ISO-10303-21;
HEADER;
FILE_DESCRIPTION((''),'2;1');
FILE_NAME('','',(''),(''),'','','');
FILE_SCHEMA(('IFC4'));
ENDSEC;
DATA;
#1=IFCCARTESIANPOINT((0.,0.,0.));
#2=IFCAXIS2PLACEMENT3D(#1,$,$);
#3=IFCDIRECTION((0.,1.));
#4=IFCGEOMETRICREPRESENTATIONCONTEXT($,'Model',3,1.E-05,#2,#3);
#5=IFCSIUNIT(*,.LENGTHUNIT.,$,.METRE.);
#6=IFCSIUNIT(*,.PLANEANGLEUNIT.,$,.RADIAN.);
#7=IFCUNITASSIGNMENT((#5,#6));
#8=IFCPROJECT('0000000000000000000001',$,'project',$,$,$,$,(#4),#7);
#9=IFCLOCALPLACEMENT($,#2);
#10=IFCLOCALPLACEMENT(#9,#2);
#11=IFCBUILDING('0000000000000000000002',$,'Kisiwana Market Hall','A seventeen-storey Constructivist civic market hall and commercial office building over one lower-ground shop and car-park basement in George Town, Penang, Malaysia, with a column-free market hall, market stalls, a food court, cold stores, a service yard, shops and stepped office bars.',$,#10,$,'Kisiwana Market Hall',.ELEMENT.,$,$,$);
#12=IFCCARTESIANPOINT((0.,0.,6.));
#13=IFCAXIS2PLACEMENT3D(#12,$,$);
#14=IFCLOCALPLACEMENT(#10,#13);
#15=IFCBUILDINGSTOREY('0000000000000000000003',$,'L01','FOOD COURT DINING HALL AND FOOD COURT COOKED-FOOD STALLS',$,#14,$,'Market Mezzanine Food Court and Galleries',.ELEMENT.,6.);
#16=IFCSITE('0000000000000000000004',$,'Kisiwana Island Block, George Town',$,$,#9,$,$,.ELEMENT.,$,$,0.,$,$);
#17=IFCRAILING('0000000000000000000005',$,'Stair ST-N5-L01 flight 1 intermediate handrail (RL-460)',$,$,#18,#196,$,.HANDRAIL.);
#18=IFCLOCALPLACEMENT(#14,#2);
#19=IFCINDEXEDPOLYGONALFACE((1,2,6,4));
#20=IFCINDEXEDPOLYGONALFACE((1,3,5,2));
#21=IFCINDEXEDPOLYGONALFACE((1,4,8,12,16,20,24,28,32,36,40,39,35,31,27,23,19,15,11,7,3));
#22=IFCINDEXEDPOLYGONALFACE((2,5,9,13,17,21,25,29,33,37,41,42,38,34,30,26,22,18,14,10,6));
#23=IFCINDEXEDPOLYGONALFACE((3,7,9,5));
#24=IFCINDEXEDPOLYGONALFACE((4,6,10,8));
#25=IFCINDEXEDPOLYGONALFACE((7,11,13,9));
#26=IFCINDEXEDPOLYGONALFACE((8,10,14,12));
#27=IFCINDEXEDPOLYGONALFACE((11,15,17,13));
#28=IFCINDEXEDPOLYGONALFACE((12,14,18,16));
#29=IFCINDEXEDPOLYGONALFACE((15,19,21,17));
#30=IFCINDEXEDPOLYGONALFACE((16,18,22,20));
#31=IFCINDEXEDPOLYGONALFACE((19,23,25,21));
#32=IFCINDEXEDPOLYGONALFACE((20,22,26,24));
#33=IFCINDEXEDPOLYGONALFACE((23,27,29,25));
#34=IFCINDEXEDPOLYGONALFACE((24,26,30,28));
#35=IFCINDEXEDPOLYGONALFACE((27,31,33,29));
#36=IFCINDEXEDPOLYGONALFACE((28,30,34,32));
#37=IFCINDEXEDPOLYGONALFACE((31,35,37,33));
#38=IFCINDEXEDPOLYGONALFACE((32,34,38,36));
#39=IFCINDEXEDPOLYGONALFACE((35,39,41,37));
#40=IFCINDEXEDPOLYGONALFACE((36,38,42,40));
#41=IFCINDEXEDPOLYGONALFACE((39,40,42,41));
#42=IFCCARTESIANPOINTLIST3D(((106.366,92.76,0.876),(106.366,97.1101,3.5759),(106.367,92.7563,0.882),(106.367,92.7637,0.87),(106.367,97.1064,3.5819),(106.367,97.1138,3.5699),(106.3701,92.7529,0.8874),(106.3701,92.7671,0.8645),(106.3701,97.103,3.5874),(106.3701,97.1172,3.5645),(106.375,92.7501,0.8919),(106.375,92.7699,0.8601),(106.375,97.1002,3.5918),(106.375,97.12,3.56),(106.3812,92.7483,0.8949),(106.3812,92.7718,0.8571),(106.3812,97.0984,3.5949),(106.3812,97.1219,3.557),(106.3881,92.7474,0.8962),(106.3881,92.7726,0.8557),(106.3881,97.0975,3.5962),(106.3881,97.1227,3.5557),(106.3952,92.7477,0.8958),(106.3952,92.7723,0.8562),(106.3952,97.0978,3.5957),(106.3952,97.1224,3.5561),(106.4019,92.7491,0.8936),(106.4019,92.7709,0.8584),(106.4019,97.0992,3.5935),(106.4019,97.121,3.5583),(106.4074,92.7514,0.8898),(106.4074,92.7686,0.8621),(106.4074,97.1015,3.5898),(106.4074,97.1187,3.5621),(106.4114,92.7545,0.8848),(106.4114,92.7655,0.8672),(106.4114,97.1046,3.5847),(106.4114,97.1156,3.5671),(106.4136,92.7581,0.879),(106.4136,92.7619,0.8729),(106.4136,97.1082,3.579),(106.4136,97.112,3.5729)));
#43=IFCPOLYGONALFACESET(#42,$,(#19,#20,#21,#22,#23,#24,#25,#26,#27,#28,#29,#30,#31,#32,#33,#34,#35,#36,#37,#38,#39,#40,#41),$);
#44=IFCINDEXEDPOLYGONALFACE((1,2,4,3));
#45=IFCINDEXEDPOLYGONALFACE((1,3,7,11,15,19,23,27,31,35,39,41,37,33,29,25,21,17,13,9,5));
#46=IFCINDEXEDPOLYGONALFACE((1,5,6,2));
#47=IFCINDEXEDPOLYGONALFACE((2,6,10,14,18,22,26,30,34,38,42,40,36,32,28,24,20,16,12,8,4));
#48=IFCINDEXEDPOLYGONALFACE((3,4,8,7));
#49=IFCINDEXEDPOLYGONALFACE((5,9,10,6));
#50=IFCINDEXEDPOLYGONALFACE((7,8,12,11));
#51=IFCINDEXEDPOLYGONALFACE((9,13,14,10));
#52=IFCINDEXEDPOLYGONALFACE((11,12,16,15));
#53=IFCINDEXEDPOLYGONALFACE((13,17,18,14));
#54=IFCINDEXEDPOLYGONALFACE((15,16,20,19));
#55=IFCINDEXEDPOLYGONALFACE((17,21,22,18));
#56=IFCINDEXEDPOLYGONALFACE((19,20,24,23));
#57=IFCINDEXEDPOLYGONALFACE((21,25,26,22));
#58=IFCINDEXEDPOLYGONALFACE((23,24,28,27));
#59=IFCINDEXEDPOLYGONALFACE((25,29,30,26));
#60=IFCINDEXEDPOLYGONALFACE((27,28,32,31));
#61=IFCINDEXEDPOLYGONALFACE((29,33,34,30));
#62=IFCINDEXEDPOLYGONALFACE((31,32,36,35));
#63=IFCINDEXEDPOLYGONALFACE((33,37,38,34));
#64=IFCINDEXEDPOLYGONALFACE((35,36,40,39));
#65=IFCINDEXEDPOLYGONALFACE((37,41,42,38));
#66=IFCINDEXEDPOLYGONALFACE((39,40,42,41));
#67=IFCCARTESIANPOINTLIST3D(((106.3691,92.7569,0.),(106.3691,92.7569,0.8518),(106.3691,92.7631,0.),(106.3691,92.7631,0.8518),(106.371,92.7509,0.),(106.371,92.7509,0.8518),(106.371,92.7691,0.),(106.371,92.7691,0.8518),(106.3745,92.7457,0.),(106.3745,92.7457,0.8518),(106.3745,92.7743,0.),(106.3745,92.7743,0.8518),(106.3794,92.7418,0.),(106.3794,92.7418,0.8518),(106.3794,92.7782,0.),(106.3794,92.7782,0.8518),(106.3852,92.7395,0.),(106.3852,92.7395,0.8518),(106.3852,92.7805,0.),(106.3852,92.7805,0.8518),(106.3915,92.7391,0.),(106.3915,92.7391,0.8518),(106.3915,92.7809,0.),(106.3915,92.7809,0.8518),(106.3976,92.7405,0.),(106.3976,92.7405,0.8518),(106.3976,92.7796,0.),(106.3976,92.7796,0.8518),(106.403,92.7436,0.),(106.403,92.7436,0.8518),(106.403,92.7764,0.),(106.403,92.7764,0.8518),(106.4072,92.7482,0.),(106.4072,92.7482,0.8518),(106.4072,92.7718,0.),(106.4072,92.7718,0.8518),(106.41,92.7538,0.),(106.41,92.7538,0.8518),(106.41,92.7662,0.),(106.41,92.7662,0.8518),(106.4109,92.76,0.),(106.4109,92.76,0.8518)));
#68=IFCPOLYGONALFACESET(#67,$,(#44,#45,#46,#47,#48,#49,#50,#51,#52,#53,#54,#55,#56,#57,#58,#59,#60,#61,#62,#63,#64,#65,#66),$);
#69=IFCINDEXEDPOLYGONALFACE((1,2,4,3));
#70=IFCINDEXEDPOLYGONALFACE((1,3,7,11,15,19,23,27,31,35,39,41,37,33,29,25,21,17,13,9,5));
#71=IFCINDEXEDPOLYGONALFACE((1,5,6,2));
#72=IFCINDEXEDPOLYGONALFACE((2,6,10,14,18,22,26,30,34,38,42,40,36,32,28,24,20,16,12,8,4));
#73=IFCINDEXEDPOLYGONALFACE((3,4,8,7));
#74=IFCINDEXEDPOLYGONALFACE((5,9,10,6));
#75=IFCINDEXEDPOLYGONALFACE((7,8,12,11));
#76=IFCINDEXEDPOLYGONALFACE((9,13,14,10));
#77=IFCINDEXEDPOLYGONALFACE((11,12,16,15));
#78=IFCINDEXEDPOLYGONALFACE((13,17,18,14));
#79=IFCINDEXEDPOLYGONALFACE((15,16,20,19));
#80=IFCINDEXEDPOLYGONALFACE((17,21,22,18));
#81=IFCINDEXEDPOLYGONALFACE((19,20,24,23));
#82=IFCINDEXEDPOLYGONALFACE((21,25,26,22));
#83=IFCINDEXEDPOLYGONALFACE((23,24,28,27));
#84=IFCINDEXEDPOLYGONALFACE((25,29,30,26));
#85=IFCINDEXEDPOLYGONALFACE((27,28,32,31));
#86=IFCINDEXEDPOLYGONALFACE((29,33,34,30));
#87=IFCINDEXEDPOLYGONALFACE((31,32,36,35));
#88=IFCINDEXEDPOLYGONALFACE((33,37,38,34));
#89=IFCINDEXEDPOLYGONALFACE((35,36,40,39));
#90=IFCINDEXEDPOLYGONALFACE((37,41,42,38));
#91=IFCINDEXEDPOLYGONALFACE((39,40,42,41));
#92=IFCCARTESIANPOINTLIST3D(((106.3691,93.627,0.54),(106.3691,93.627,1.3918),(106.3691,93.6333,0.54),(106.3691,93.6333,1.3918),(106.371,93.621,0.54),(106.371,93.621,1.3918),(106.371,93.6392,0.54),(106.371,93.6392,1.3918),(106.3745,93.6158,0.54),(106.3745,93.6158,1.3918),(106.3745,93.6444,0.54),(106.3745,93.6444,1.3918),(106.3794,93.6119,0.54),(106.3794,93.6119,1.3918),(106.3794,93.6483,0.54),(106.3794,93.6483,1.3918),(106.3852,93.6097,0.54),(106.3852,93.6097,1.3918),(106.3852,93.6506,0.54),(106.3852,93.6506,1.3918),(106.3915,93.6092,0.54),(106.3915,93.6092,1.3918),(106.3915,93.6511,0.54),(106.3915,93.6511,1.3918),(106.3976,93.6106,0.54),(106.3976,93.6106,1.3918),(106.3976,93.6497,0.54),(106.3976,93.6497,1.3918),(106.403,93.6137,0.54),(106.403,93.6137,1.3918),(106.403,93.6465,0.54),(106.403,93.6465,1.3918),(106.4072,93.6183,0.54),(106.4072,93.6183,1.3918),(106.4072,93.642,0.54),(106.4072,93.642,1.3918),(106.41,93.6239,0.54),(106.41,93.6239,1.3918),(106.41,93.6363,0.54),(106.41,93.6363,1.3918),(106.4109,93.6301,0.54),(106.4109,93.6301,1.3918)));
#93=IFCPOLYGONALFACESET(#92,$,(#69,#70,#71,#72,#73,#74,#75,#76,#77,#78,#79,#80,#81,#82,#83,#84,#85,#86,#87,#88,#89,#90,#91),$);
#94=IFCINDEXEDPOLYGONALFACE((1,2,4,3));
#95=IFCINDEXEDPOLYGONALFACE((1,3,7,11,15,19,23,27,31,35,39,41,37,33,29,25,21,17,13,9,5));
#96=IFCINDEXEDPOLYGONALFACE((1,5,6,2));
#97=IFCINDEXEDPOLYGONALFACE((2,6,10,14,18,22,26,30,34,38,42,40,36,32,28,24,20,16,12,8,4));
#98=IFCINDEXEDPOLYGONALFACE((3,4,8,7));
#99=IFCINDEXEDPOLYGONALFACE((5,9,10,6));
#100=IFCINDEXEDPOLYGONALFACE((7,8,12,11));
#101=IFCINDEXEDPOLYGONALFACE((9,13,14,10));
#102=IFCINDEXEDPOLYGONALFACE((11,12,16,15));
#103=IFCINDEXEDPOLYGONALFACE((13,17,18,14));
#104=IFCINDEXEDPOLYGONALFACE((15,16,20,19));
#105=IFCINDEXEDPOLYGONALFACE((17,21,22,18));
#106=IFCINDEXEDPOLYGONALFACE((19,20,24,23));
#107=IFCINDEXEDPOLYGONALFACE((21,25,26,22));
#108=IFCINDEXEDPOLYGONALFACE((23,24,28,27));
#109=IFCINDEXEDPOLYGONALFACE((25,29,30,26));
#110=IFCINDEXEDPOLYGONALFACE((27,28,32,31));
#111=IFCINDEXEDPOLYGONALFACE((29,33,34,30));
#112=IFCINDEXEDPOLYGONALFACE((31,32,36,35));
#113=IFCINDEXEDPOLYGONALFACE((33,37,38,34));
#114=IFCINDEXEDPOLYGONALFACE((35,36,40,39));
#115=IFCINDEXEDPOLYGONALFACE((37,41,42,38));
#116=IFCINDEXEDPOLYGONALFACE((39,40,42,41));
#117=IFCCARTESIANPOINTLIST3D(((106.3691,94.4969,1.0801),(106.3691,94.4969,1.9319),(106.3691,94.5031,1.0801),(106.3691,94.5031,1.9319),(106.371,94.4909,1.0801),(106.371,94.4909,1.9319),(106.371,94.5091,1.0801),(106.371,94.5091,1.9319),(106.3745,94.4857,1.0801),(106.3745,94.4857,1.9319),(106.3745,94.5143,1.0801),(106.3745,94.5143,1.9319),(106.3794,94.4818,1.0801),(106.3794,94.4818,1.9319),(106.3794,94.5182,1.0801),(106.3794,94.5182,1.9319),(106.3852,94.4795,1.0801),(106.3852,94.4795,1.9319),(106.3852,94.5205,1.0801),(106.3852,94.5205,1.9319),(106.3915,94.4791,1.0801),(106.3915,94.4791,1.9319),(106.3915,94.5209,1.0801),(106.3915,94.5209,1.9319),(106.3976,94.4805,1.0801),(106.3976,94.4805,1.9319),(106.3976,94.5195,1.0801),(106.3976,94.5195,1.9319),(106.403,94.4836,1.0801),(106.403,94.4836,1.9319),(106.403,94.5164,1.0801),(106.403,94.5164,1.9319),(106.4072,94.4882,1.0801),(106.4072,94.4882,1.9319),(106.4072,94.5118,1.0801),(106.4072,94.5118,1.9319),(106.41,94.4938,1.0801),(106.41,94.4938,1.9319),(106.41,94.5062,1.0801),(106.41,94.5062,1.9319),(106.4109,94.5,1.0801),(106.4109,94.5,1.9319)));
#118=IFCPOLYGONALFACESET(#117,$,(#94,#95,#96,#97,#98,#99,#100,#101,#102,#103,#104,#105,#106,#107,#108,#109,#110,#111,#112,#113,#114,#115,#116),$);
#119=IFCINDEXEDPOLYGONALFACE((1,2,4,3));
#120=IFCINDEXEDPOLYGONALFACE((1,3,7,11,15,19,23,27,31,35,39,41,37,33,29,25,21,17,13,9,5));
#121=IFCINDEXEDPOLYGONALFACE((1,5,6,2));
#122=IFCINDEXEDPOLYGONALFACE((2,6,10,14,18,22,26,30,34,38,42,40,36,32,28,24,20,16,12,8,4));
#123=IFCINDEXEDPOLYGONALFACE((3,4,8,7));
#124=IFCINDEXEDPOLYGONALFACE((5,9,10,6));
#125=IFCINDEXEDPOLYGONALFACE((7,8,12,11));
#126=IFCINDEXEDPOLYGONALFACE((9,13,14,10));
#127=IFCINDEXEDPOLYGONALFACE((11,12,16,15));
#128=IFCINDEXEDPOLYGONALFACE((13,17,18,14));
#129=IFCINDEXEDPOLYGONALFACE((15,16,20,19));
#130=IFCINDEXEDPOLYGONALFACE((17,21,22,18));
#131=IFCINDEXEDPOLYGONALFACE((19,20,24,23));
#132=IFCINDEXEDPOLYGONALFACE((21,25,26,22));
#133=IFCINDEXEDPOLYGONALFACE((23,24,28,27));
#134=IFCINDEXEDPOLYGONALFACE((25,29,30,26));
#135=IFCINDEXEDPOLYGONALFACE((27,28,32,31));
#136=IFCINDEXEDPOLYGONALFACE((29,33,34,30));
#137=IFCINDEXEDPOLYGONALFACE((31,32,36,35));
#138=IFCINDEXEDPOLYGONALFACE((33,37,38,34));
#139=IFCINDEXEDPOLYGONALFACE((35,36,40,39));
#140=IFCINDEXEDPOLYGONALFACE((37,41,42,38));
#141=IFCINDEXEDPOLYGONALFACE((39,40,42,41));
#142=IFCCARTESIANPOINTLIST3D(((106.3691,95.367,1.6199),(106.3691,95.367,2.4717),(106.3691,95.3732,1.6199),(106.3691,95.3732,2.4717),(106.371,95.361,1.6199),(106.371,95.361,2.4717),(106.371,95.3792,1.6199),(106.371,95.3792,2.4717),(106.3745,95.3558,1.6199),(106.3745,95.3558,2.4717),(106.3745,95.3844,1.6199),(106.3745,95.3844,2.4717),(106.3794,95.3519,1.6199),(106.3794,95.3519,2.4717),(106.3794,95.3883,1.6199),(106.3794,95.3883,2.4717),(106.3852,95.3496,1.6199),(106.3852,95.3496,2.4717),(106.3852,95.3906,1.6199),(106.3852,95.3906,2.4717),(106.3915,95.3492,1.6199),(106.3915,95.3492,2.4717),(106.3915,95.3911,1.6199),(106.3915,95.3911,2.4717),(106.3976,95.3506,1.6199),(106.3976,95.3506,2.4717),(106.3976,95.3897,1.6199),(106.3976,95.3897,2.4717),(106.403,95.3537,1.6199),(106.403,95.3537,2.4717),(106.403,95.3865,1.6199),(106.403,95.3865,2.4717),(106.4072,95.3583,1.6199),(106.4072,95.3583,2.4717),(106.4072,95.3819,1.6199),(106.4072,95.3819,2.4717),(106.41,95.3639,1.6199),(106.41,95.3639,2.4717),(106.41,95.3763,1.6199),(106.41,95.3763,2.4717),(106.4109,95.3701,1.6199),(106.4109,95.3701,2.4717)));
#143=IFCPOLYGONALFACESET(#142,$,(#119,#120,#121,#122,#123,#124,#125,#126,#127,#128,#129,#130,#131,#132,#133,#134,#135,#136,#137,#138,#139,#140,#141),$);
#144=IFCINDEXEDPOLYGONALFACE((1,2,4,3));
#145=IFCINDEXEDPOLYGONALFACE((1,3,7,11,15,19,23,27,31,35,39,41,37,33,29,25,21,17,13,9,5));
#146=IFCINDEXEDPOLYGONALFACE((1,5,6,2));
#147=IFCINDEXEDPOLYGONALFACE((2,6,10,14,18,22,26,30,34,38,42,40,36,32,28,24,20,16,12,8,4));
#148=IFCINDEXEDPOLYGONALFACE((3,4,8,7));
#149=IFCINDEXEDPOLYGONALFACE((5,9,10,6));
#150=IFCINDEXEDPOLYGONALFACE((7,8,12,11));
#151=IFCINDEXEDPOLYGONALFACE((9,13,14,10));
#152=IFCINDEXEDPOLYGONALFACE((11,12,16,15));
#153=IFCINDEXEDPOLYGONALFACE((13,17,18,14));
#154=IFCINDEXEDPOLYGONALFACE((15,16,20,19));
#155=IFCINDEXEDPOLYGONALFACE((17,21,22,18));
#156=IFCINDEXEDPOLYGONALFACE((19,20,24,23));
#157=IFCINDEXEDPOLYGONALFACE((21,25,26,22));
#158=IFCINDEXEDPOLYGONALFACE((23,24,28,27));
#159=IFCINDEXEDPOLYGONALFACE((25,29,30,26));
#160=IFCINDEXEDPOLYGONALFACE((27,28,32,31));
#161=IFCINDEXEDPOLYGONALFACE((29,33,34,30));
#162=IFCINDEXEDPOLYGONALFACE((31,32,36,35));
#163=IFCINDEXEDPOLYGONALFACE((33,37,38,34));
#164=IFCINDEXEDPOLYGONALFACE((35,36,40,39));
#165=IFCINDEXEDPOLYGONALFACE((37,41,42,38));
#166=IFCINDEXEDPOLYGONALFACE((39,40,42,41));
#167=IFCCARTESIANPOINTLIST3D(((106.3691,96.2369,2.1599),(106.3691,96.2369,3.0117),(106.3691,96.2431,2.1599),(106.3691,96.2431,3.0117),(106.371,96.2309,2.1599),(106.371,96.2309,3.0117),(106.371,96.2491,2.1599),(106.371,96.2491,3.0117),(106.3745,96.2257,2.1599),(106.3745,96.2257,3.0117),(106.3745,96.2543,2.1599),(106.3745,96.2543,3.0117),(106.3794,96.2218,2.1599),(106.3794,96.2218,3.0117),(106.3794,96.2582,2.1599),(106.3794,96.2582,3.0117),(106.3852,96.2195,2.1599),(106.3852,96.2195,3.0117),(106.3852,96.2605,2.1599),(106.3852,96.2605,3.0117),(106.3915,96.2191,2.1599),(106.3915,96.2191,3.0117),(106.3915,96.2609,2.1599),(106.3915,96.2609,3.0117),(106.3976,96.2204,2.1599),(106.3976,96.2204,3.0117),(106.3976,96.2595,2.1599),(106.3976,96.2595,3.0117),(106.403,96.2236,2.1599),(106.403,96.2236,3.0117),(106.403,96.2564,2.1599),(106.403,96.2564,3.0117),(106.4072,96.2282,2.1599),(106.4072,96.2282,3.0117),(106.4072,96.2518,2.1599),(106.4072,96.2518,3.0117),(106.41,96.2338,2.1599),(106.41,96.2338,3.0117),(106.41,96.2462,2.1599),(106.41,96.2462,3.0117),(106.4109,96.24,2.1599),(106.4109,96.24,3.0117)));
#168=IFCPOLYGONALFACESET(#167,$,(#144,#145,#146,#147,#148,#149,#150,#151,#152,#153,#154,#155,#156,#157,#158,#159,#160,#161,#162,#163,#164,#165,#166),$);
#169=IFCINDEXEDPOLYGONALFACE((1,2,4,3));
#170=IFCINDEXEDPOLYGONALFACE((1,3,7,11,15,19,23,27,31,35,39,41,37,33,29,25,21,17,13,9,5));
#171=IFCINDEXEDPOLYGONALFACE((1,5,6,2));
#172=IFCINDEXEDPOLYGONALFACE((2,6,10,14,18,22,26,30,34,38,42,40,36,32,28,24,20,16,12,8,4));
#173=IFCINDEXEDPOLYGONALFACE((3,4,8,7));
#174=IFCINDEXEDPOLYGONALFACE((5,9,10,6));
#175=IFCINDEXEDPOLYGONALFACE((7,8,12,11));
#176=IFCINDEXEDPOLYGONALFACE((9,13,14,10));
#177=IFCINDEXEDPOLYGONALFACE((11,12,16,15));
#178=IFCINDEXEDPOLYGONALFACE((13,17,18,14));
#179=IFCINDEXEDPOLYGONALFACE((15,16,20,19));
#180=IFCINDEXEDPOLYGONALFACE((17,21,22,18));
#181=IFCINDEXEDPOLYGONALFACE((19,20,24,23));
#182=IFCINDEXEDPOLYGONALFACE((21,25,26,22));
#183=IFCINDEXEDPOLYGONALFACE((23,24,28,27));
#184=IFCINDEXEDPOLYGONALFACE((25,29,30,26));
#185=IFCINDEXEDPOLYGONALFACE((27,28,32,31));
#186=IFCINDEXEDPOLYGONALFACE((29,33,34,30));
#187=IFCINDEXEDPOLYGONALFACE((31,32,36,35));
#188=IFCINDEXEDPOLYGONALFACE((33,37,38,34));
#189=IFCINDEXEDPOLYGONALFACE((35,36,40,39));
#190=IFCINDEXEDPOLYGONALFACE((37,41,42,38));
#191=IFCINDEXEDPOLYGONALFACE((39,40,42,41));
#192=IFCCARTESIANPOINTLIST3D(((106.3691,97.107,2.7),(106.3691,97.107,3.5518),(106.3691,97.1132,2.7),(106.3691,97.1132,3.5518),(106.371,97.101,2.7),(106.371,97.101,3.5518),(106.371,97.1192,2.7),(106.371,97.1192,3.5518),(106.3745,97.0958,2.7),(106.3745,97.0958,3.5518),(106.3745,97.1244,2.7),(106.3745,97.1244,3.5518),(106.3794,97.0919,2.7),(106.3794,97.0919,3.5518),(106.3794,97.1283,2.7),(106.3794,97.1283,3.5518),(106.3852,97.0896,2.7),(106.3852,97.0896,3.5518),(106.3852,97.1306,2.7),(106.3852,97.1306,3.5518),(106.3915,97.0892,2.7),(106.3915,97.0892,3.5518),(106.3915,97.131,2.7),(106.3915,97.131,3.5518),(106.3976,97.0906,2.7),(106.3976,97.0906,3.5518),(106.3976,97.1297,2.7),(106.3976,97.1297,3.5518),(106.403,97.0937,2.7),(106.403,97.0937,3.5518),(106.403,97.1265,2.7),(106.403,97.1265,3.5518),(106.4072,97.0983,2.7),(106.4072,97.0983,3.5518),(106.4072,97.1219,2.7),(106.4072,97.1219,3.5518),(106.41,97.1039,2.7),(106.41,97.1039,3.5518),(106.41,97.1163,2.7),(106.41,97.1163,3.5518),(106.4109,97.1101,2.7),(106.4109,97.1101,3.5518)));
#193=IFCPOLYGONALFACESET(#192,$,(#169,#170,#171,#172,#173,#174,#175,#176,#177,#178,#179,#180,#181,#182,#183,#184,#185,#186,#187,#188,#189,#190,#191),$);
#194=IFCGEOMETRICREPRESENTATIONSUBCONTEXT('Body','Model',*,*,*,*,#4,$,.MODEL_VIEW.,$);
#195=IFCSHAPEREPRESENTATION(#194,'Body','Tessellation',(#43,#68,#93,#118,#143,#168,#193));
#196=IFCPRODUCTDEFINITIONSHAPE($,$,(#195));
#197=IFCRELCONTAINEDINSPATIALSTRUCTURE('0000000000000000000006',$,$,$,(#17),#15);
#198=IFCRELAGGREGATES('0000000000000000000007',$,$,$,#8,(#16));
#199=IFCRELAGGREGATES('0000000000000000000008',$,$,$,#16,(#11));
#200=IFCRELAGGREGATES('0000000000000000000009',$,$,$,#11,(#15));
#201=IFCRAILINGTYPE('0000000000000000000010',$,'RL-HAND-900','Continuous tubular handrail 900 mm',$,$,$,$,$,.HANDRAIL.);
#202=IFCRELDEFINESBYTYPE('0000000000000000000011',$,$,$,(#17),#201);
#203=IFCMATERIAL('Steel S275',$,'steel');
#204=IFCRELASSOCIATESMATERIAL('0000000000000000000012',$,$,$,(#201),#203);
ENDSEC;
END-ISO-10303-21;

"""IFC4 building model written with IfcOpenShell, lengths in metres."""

from ifc_helpers import new_model, si_unit, direction, frame, origin, origin_2d, place, context, subcontext, project, spatial, circle, extrude, material, type_object, element, save


model = new_model("IFC4")

# Units and contexts
model_context = context("Model", 3, precision=1e-05, world=origin(), true_north=direction((0.0, 1.0)))
body_context = subcontext(model_context, "Body", "Model", "MODEL_VIEW")
ifc_project = project(units=[si_unit("LENGTHUNIT", "METRE"), si_unit("PLANEANGLEUNIT", "RADIAN")], contexts=[model_context])

# Site, building, storey
site_placement = place(None, origin())
site = spatial("IfcSite", under=ifc_project, at=site_placement, Name="Kisiwana Island Block, George Town", CompositionType="ELEMENT", RefElevation=0.0)
building_placement = place(site_placement, origin())
building = spatial("IfcBuilding", under=site, at=building_placement, Name="Kisiwana Market Hall", Description="A seventeen-storey Constructivist civic market hall and commercial office building over one lower-ground shop and car-park basement in George Town, Penang, Malaysia, with a column-free market hall, market stalls, a food court, cold stores, a service yard, shops and stepped office bars.", LongName="Kisiwana Market Hall", CompositionType="ELEMENT")
storey_placement = place(building_placement, frame((0.0, 0.0, 6.0)))
storey = spatial("IfcBuildingStorey", under=building, at=storey_placement, Name="L01", Description="FOOD COURT DINING HALL AND FOOD COURT COOKED-FOOD STALLS", LongName="Market Mezzanine Food Court and Galleries", CompositionType="ELEMENT", Elevation=6.0)

# Railing
ifc_material_1 = material(Name="Steel S275", Category="steel")
railing_type_1 = type_object("IfcRailingType", Name="RL-HAND-900", Description="Continuous tubular handrail 900 mm", PredefinedType="HANDRAIL", material=ifc_material_1)
for number, where, name in (
    (1, (106.3899, 92.76, 0.0), "Stair ST-N5-L01 flight 1 intermediate handrail (RL-460)"),
):
    element("IfcRailing", number, at=place(storey_placement, frame(where)), inside=storey, type_object=railing_type_1, Name=name, PredefinedType="HANDRAIL", context=body_context, shape_type="SweptSolid", body=[
        extrude(circle(Radius=0.0239, at=origin_2d()), frame((0.0, 0.0, 0.876), z_axis=(0.0, 0.84965, 0.527347), x_axis=(-1.0, 0.0, 0.0)), (0.0, 0.0, 1.0), 5.1199),
        extrude(circle(Radius=0.021, at=origin_2d()), origin(), (0.0, 0.0, 1.0), 0.8518),
        extrude(circle(Radius=0.021, at=origin_2d()), frame((0.0, 0.8701, 0.54)), (0.0, 0.0, 1.0), 0.8518),
        extrude(circle(Radius=0.021, at=origin_2d()), frame((0.0, 1.74, 1.0801)), (0.0, 0.0, 1.0), 0.8518),
        extrude(circle(Radius=0.021, at=origin_2d()), frame((0.0, 2.6101, 1.6199)), (0.0, 0.0, 1.0), 0.8518),
        extrude(circle(Radius=0.021, at=origin_2d()), frame((0.0, 3.48, 2.1599)), (0.0, 0.0, 1.0), 0.8518),
        extrude(circle(Radius=0.021, at=origin_2d()), frame((0.0, 4.3501, 2.7)), (0.0, 0.0, 1.0), 0.8518),
    ])

save(model, "model.ifc")
